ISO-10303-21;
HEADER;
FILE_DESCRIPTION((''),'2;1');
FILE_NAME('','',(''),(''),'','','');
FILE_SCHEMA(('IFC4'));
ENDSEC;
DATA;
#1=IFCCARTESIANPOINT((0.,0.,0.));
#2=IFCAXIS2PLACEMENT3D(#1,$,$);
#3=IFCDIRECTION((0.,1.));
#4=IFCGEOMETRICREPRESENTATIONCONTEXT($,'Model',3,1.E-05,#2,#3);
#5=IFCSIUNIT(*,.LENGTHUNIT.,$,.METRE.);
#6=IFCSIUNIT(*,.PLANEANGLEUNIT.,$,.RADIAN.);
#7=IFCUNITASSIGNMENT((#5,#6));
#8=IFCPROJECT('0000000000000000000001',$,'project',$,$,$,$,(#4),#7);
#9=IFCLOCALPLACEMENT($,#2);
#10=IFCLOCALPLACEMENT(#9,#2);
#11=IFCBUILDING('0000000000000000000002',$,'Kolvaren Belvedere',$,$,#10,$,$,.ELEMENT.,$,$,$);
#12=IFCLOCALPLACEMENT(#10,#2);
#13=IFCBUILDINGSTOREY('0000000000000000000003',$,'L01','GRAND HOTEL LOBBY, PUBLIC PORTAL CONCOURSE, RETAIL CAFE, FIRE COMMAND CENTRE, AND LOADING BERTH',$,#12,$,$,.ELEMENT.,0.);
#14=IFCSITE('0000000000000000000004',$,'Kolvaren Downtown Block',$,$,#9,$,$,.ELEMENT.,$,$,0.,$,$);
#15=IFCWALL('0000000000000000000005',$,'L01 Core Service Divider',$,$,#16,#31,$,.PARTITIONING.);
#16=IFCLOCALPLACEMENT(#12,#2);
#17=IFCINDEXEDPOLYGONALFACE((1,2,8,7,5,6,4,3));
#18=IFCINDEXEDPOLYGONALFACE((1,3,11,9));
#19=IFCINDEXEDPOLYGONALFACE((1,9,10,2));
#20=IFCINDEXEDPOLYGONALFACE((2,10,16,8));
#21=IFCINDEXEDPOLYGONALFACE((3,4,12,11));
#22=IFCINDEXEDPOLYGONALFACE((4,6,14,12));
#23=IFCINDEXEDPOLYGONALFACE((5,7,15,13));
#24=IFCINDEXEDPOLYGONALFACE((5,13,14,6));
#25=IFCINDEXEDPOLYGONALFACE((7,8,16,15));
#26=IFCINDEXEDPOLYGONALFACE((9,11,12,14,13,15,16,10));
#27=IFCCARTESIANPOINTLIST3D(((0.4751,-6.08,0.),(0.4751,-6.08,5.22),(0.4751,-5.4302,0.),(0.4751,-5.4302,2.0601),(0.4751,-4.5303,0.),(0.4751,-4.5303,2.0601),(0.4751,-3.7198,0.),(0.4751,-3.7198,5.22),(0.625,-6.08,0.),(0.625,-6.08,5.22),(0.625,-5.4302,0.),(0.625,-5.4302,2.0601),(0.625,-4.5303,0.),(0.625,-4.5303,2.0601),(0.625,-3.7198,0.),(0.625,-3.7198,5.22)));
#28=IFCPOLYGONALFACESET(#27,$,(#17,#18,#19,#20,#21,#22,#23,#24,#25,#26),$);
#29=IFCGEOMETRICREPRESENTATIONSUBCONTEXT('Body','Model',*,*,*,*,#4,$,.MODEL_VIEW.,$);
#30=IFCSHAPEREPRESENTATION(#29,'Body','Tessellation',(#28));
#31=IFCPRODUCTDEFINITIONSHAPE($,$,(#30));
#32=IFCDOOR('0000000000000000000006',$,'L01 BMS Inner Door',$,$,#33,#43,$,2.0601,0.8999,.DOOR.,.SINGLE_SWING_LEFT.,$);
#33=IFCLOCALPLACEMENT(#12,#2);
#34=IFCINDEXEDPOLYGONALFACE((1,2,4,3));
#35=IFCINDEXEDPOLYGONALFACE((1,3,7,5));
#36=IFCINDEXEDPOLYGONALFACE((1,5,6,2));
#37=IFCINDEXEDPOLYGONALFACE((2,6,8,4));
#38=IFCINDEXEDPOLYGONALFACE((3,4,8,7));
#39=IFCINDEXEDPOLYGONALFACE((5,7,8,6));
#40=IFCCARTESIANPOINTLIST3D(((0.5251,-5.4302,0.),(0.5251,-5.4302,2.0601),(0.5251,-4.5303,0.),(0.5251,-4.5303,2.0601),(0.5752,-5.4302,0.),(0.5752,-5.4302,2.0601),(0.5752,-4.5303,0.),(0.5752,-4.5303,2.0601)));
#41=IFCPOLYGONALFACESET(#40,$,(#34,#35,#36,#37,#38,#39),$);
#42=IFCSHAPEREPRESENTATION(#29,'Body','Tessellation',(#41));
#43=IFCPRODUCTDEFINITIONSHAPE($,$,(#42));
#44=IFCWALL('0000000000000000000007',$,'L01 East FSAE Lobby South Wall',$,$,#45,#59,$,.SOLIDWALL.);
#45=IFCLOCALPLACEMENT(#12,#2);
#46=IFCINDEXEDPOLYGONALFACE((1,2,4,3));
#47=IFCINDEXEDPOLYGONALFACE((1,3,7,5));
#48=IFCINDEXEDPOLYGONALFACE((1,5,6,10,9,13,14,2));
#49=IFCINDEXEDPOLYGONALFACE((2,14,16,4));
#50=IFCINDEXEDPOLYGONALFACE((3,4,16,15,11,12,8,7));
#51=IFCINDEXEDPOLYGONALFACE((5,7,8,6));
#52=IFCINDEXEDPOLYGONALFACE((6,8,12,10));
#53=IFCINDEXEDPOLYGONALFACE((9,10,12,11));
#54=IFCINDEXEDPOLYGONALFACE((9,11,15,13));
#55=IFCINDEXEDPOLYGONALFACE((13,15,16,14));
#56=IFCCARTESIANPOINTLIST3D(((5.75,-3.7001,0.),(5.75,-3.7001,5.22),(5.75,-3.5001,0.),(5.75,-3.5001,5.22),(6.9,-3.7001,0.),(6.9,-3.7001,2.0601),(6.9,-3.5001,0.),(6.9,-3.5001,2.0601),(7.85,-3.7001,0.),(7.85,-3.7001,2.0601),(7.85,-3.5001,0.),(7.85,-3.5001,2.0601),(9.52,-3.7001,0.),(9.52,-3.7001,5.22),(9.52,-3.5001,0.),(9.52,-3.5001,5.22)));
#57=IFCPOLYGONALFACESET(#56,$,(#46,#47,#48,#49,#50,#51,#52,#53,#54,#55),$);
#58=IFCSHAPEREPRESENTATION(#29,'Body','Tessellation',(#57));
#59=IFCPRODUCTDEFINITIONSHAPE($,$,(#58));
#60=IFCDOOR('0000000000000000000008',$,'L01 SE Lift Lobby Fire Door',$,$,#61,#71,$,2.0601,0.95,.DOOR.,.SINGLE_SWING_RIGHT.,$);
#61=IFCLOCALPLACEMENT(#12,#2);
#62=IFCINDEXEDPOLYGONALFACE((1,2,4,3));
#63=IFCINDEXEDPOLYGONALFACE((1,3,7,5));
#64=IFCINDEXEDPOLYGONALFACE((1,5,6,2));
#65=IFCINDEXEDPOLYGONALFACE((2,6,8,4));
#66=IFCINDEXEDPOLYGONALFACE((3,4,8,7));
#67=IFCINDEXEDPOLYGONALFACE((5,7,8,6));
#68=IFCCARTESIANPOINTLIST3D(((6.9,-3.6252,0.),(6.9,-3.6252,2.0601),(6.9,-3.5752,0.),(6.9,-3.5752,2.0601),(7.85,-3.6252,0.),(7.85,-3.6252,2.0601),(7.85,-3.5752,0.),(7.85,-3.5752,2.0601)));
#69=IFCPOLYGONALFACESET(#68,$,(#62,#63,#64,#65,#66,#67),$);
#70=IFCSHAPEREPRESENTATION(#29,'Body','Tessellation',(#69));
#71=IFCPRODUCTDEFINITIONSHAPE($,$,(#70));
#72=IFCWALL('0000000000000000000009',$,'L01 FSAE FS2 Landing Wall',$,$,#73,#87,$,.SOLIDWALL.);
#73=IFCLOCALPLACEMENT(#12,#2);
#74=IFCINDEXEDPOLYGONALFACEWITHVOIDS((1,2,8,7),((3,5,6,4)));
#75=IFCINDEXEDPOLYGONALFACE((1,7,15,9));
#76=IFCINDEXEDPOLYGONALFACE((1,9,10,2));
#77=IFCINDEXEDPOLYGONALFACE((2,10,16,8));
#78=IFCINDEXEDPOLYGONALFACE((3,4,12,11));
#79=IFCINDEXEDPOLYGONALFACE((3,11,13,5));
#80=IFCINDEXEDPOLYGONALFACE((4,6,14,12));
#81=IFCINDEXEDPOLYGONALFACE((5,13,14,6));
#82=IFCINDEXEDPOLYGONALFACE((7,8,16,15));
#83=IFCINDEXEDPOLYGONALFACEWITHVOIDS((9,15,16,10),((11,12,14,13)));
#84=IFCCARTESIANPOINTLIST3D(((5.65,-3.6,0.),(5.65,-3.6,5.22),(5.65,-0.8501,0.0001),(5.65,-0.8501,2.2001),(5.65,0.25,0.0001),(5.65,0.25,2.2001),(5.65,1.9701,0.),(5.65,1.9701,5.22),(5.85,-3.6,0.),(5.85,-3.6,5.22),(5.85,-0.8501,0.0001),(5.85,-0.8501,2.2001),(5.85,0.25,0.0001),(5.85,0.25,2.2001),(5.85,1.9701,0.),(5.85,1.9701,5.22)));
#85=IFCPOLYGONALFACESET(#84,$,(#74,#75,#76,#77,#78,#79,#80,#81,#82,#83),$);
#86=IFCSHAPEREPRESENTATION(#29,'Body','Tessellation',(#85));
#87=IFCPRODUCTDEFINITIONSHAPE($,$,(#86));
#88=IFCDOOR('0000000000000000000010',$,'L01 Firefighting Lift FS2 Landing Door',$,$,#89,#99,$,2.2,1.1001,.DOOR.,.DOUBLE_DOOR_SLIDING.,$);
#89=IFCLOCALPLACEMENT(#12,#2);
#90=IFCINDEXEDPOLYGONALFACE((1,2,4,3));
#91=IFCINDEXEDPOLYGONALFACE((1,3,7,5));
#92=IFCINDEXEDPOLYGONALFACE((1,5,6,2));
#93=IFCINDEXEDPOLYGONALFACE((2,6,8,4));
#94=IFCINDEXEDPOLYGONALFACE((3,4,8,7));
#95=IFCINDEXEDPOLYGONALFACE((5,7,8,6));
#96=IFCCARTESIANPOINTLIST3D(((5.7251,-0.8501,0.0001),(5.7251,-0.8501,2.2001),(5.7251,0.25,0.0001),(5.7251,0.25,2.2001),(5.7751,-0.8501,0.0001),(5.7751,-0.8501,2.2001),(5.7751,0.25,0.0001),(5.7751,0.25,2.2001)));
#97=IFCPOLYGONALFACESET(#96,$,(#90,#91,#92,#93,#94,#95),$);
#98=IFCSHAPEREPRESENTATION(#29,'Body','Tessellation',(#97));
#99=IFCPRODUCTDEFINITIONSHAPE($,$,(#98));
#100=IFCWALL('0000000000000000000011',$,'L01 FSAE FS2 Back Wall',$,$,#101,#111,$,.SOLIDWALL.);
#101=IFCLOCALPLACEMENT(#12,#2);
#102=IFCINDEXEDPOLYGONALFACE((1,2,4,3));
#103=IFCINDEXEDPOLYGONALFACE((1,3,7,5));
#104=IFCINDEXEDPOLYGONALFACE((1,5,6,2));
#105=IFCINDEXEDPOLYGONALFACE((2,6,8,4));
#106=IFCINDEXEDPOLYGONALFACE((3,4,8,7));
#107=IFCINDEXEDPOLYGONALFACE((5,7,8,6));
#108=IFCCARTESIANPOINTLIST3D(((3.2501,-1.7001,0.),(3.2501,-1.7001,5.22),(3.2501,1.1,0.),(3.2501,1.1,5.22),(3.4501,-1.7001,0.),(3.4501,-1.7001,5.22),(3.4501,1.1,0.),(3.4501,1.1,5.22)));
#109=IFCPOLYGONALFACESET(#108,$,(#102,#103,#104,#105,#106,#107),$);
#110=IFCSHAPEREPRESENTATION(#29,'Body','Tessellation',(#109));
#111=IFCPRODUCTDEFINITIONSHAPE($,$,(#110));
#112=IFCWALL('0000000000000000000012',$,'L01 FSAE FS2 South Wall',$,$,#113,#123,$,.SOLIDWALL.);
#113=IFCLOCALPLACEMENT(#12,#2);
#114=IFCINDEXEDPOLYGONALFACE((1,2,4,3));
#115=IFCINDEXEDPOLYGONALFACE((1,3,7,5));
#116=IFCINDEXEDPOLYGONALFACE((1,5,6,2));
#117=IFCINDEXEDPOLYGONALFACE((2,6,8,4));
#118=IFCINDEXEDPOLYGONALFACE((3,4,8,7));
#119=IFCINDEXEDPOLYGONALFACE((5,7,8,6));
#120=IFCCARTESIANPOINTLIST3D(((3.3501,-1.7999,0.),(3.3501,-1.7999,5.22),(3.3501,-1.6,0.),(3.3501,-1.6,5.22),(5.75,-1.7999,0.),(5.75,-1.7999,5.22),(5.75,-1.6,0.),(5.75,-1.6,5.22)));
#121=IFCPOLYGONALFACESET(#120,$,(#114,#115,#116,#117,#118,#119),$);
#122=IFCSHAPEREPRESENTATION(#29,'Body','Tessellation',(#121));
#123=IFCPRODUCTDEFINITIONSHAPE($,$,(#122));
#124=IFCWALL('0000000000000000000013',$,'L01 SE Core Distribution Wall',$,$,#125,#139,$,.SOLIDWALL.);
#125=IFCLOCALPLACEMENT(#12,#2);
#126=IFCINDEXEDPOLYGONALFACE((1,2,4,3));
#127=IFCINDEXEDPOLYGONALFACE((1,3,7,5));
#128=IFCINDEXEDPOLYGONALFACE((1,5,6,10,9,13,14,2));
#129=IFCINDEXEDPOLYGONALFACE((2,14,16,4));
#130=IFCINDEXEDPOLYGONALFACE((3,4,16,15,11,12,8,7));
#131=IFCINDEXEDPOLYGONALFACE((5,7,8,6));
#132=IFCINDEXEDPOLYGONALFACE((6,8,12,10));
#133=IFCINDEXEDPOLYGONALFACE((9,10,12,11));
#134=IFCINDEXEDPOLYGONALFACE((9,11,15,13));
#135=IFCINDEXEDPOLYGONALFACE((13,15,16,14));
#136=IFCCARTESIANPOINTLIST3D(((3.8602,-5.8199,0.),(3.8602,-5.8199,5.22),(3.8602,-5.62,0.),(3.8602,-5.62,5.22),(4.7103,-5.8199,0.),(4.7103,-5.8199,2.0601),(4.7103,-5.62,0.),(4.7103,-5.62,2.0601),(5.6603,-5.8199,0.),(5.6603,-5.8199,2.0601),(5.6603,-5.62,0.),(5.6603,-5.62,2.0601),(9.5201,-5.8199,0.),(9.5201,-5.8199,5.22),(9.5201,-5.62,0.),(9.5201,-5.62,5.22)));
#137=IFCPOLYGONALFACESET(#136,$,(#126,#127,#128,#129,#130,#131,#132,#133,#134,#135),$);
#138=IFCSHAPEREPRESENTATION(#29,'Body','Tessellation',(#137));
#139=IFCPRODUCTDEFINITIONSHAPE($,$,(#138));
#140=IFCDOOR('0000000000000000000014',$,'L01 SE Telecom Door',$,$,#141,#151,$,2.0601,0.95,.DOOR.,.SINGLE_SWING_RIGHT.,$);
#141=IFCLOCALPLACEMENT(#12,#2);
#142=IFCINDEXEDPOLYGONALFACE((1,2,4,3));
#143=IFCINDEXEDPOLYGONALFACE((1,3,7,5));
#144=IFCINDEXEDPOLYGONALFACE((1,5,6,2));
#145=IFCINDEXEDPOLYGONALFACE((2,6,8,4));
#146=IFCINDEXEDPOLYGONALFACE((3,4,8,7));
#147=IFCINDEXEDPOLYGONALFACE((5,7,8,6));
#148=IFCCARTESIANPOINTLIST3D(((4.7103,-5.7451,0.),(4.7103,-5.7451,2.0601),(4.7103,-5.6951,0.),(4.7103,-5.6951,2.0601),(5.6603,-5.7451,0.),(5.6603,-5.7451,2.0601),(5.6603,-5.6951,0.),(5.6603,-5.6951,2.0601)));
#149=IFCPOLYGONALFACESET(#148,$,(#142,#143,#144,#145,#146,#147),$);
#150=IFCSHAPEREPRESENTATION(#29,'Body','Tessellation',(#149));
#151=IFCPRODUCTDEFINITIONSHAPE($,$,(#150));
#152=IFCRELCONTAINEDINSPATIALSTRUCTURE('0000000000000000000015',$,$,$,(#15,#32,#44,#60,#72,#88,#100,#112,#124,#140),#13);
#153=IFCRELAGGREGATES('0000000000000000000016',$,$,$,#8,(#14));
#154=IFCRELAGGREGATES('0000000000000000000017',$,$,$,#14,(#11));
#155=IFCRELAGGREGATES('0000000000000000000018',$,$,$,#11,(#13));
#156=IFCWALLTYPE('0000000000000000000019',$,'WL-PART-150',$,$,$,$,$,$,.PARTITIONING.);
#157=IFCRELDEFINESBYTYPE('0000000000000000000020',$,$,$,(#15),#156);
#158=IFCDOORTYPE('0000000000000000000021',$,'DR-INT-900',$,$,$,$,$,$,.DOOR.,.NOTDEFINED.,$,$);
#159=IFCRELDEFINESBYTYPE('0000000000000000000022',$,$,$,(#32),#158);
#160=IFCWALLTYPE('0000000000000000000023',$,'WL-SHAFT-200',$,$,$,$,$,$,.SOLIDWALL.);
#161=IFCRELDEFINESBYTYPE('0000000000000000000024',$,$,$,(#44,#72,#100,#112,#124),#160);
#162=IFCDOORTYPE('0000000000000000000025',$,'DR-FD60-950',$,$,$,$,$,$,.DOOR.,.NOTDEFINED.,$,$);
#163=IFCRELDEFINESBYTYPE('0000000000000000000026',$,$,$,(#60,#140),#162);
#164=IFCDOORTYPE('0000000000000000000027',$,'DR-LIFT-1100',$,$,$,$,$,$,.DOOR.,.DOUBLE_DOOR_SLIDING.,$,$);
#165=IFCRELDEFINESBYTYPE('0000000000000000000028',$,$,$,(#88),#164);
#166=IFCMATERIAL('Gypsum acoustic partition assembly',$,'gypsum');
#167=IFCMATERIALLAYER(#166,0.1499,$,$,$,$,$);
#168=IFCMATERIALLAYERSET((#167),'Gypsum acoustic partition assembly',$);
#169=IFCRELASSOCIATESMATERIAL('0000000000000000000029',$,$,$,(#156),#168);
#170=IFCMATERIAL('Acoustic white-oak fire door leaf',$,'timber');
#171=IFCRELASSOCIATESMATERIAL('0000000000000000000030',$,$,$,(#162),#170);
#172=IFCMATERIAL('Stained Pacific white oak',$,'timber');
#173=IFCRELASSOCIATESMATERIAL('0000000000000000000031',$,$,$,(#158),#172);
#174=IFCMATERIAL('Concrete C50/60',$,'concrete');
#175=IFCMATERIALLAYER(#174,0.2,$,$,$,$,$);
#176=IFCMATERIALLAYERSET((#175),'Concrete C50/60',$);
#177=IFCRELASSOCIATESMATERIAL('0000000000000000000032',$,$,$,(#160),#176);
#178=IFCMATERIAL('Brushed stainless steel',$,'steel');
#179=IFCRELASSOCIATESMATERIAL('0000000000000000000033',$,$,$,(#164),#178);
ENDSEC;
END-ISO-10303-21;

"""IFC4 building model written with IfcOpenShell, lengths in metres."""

from ifc_helpers import new_model, si_unit, direction, frame, frame_2d, origin, place, context, subcontext, project, spatial, rectangle, extrude, material, layer, layer_set, type_object, element, fill, save


model = new_model("IFC4")

# Units and contexts
model_context = context("Model", 3, precision=1e-05, world=origin(), true_north=direction((0.0, 1.0)))
body_context = subcontext(model_context, "Body", "Model", "MODEL_VIEW")
ifc_project = project(units=[si_unit("LENGTHUNIT", "METRE"), si_unit("PLANEANGLEUNIT", "RADIAN")], contexts=[model_context])

# Site, building, storey
site_placement = place(None, origin())
site = spatial("IfcSite", under=ifc_project, at=site_placement, Name="Kolvaren Downtown Block", CompositionType="ELEMENT", RefElevation=0.0)
building_placement = place(site_placement, origin())
building = spatial("IfcBuilding", under=site, at=building_placement, Name="Kolvaren Belvedere", CompositionType="ELEMENT")
storey_placement = place(building_placement, origin())
storey = spatial("IfcBuildingStorey", under=building, at=storey_placement, Name="L01", Description="GRAND HOTEL LOBBY, PUBLIC PORTAL CONCOURSE, RETAIL CAFE, FIRE COMMAND CENTRE, AND LOADING BERTH", CompositionType="ELEMENT", Elevation=0.0)

# Walls, openings, doors
ifc_material_1 = material(Name="Gypsum acoustic partition assembly", Category="gypsum")
ifc_layer_1 = layer(ifc_material_1, 0.1499)
ifc_layer_set_1 = layer_set([ifc_layer_1], Name="Gypsum acoustic partition assembly")
wall_type_1 = type_object("IfcWallType", Name="WL-PART-150", PredefinedType="PARTITIONING", material=ifc_layer_set_1)
ifc_material_2 = material(Name="Acoustic white-oak fire door leaf", Category="timber")
door_type_1 = type_object("IfcDoorType", Name="DR-FD60-950", OperationType="NOTDEFINED", PredefinedType="DOOR", material=ifc_material_2)
wall_1_placement = place(storey_placement, frame((0.55, -6.0801, 0.0), z_axis=(0.0, 0.0, 1.0), x_axis=(0.0, 1.0, 0.0)))
wall_1 = element("IfcWall", 1, at=wall_1_placement, inside=storey, type_object=wall_type_1, Name="L01 Core Service Divider", PredefinedType="PARTITIONING", context=body_context, shape_type="SweptSolid", body=[
    extrude(rectangle(XDim=2.3601, YDim=0.1499, at=frame_2d((1.1802, 0.0))), origin(), (0.0, 0.0, 1.0), 5.22),
])
opening_1_placement = place(wall_1_placement, frame((0.6499, 0.0, 0.0)))
opening_1 = element("IfcOpeningElement", 2, at=opening_1_placement, cuts=wall_1, PredefinedType="OPENING", context=body_context, shape_type="SweptSolid", body=[
    extrude(rectangle(XDim=0.8999, YDim=2.0601, at=frame_2d((0.45, 1.03))), frame((0.0, 0.085, 0.0), z_axis=(0.0, -1.0, 0.0), x_axis=(1.0, 0.0, 0.0)), (0.0, 0.0, 1.0), 0.1699),
])
ifc_material_3 = material(Name="Stained Pacific white oak", Category="timber")
door_type_2 = type_object("IfcDoorType", Name="DR-INT-900", OperationType="NOTDEFINED", PredefinedType="DOOR", material=ifc_material_3)
door_1_placement = place(opening_1_placement, origin())
door_1 = element("IfcDoor", 3, at=door_1_placement, inside=storey, type_object=door_type_2, Name="L01 BMS Inner Door", OperationType="SINGLE_SWING_LEFT", OverallHeight=2.0601, OverallWidth=0.8999, PredefinedType="DOOR", context=body_context, shape_type="SweptSolid", body=[
    extrude(rectangle(XDim=0.8999, YDim=2.0601, at=frame_2d((0.45, 1.03))), frame((0.0, 0.0249, 0.0), z_axis=(0.0, -1.0, 0.0), x_axis=(1.0, 0.0, 0.0)), (0.0, 0.0, 1.0), 0.05),
])
fill(opening_1, door_1)
ifc_material_4 = material(Name="Concrete C50/60", Category="concrete")
ifc_layer_2 = layer(ifc_material_4, 0.2)
ifc_layer_set_2 = layer_set([ifc_layer_2], Name="Concrete C50/60")
wall_type_2 = type_object("IfcWallType", Name="WL-SHAFT-200", PredefinedType="SOLIDWALL", material=ifc_layer_set_2)
wall_2_placement = place(storey_placement, frame((5.75, -3.6001, 0.0), z_axis=(0.0, 0.0, 1.0), x_axis=(1.0, 0.0, 0.0)))
wall_2 = element("IfcWall", 4, at=wall_2_placement, inside=storey, type_object=wall_type_2, Name="L01 East FSAE Lobby South Wall", PredefinedType="SOLIDWALL", context=body_context, shape_type="SweptSolid", body=[
    extrude(rectangle(XDim=3.77, YDim=0.2, at=frame_2d((1.885, 0.0))), origin(), (0.0, 0.0, 1.0), 5.22),
])
opening_2_placement = place(wall_2_placement, frame((1.1499, 0.0, 0.0)))
opening_2 = element("IfcOpeningElement", 5, at=opening_2_placement, cuts=wall_2, PredefinedType="OPENING", context=body_context, shape_type="SweptSolid", body=[
    extrude(rectangle(XDim=0.95, YDim=2.0601, at=frame_2d((0.4751, 1.03))), frame((0.0, 0.1099, 0.0), z_axis=(0.0, -1.0, 0.0), x_axis=(1.0, 0.0, 0.0)), (0.0, 0.0, 1.0), 0.22),
])
door_2_placement = place(opening_2_placement, origin())
door_2 = element("IfcDoor", 6, at=door_2_placement, inside=storey, type_object=door_type_1, Name="L01 SE Lift Lobby Fire Door", OperationType="SINGLE_SWING_RIGHT", OverallHeight=2.0601, OverallWidth=0.95, PredefinedType="DOOR", context=body_context, shape_type="SweptSolid", body=[
    extrude(rectangle(XDim=0.95, YDim=2.0601, at=frame_2d((0.4751, 1.03))), frame((0.0, 0.0249, 0.0), z_axis=(0.0, -1.0, 0.0), x_axis=(1.0, 0.0, 0.0)), (0.0, 0.0, 1.0), 0.05),
])
fill(opening_2, door_2)
wall_3_placement = place(storey_placement, frame((5.75, -3.6001, 0.0), z_axis=(0.0, 0.0, 1.0), x_axis=(0.0, 1.0, 0.0)))
wall_3 = element("IfcWall", 7, at=wall_3_placement, inside=storey, type_object=wall_type_2, Name="L01 FSAE FS2 Landing Wall", PredefinedType="SOLIDWALL", context=body_context, shape_type="SweptSolid", body=[
    extrude(rectangle(XDim=5.5701, YDim=0.2, at=frame_2d((2.7852, 0.0))), origin(), (0.0, 0.0, 1.0), 5.22),
])
opening_3_placement = place(wall_3_placement, frame((2.75, 0.0, 0.0)))
opening_3 = element("IfcOpeningElement", 8, at=opening_3_placement, cuts=wall_3, PredefinedType="OPENING", context=body_context, shape_type="SweptSolid", body=[
    extrude(rectangle(XDim=1.1001, YDim=2.2, at=frame_2d((0.55, 1.1001))), frame((0.0, 0.1099, 0.0), z_axis=(0.0, -1.0, 0.0), x_axis=(1.0, 0.0, 0.0)), (0.0, 0.0, 1.0), 0.22),
])
ifc_material_5 = material(Name="Brushed stainless steel", Category="steel")
door_type_3 = type_object("IfcDoorType", Name="DR-LIFT-1100", OperationType="DOUBLE_DOOR_SLIDING", PredefinedType="DOOR", material=ifc_material_5)
door_3_placement = place(opening_3_placement, origin())
door_3 = element("IfcDoor", 9, at=door_3_placement, inside=storey, type_object=door_type_3, Name="L01 Firefighting Lift FS2 Landing Door", OperationType="DOUBLE_DOOR_SLIDING", OverallHeight=2.2, OverallWidth=1.1001, PredefinedType="DOOR", context=body_context, shape_type="SweptSolid", body=[
    extrude(rectangle(XDim=1.1001, YDim=2.2, at=frame_2d((0.55, 1.1001))), frame((0.0, 0.0249, 0.0), z_axis=(0.0, -1.0, 0.0), x_axis=(1.0, 0.0, 0.0)), (0.0, 0.0, 1.0), 0.05),
])
fill(opening_3, door_3)

# Walls
wall_4_placement = place(storey_placement, frame((3.3501, -1.7, 0.0), z_axis=(0.0, 0.0, 1.0), x_axis=(0.0, 1.0, 0.0)))
element("IfcWall", 10, at=wall_4_placement, inside=storey, type_object=wall_type_2, Name="L01 FSAE FS2 Back Wall", PredefinedType="SOLIDWALL", context=body_context, shape_type="SweptSolid", body=[
    extrude(rectangle(XDim=2.8, YDim=0.2, at=frame_2d((1.3999, 0.0))), origin(), (0.0, 0.0, 1.0), 5.22),
])
wall_5_placement = place(storey_placement, frame((3.3501, -1.7, 0.0), z_axis=(0.0, 0.0, 1.0), x_axis=(1.0, 0.0, 0.0)))
element("IfcWall", 11, at=wall_5_placement, inside=storey, type_object=wall_type_2, Name="L01 FSAE FS2 South Wall", PredefinedType="SOLIDWALL", context=body_context, shape_type="SweptSolid", body=[
    extrude(rectangle(XDim=2.3999, YDim=0.2, at=frame_2d((1.2, 0.0))), origin(), (0.0, 0.0, 1.0), 5.22),
])

# Wall, opening, door
wall_6_placement = place(storey_placement, frame((3.8601, -5.72, 0.0), z_axis=(0.0, 0.0, 1.0), x_axis=(1.0, 0.0, 0.0)))
wall_6 = element("IfcWall", 12, at=wall_6_placement, inside=storey, type_object=wall_type_2, Name="L01 SE Core Distribution Wall", PredefinedType="SOLIDWALL", context=body_context, shape_type="SweptSolid", body=[
    extrude(rectangle(XDim=5.6599, YDim=0.2, at=frame_2d((2.8301, 0.0))), origin(), (0.0, 0.0, 1.0), 5.22),
])
opening_4_placement = place(wall_6_placement, frame((0.8501, 0.0, 0.0)))
opening_4 = element("IfcOpeningElement", 13, at=opening_4_placement, cuts=wall_6, PredefinedType="OPENING", context=body_context, shape_type="SweptSolid", body=[
    extrude(rectangle(XDim=0.95, YDim=2.0601, at=frame_2d((0.4751, 1.03))), frame((0.0, 0.1099, 0.0), z_axis=(0.0, -1.0, 0.0), x_axis=(1.0, 0.0, 0.0)), (0.0, 0.0, 1.0), 0.22),
])
door_4_placement = place(opening_4_placement, origin())
door_4 = element("IfcDoor", 14, at=door_4_placement, inside=storey, type_object=door_type_1, Name="L01 SE Telecom Door", OperationType="SINGLE_SWING_RIGHT", OverallHeight=2.0601, OverallWidth=0.95, PredefinedType="DOOR", context=body_context, shape_type="SweptSolid", body=[
    extrude(rectangle(XDim=0.95, YDim=2.0601, at=frame_2d((0.4751, 1.03))), frame((0.0, 0.0249, 0.0), z_axis=(0.0, -1.0, 0.0), x_axis=(1.0, 0.0, 0.0)), (0.0, 0.0, 1.0), 0.05),
])
fill(opening_4, door_4)

save(model, "model.ifc")
